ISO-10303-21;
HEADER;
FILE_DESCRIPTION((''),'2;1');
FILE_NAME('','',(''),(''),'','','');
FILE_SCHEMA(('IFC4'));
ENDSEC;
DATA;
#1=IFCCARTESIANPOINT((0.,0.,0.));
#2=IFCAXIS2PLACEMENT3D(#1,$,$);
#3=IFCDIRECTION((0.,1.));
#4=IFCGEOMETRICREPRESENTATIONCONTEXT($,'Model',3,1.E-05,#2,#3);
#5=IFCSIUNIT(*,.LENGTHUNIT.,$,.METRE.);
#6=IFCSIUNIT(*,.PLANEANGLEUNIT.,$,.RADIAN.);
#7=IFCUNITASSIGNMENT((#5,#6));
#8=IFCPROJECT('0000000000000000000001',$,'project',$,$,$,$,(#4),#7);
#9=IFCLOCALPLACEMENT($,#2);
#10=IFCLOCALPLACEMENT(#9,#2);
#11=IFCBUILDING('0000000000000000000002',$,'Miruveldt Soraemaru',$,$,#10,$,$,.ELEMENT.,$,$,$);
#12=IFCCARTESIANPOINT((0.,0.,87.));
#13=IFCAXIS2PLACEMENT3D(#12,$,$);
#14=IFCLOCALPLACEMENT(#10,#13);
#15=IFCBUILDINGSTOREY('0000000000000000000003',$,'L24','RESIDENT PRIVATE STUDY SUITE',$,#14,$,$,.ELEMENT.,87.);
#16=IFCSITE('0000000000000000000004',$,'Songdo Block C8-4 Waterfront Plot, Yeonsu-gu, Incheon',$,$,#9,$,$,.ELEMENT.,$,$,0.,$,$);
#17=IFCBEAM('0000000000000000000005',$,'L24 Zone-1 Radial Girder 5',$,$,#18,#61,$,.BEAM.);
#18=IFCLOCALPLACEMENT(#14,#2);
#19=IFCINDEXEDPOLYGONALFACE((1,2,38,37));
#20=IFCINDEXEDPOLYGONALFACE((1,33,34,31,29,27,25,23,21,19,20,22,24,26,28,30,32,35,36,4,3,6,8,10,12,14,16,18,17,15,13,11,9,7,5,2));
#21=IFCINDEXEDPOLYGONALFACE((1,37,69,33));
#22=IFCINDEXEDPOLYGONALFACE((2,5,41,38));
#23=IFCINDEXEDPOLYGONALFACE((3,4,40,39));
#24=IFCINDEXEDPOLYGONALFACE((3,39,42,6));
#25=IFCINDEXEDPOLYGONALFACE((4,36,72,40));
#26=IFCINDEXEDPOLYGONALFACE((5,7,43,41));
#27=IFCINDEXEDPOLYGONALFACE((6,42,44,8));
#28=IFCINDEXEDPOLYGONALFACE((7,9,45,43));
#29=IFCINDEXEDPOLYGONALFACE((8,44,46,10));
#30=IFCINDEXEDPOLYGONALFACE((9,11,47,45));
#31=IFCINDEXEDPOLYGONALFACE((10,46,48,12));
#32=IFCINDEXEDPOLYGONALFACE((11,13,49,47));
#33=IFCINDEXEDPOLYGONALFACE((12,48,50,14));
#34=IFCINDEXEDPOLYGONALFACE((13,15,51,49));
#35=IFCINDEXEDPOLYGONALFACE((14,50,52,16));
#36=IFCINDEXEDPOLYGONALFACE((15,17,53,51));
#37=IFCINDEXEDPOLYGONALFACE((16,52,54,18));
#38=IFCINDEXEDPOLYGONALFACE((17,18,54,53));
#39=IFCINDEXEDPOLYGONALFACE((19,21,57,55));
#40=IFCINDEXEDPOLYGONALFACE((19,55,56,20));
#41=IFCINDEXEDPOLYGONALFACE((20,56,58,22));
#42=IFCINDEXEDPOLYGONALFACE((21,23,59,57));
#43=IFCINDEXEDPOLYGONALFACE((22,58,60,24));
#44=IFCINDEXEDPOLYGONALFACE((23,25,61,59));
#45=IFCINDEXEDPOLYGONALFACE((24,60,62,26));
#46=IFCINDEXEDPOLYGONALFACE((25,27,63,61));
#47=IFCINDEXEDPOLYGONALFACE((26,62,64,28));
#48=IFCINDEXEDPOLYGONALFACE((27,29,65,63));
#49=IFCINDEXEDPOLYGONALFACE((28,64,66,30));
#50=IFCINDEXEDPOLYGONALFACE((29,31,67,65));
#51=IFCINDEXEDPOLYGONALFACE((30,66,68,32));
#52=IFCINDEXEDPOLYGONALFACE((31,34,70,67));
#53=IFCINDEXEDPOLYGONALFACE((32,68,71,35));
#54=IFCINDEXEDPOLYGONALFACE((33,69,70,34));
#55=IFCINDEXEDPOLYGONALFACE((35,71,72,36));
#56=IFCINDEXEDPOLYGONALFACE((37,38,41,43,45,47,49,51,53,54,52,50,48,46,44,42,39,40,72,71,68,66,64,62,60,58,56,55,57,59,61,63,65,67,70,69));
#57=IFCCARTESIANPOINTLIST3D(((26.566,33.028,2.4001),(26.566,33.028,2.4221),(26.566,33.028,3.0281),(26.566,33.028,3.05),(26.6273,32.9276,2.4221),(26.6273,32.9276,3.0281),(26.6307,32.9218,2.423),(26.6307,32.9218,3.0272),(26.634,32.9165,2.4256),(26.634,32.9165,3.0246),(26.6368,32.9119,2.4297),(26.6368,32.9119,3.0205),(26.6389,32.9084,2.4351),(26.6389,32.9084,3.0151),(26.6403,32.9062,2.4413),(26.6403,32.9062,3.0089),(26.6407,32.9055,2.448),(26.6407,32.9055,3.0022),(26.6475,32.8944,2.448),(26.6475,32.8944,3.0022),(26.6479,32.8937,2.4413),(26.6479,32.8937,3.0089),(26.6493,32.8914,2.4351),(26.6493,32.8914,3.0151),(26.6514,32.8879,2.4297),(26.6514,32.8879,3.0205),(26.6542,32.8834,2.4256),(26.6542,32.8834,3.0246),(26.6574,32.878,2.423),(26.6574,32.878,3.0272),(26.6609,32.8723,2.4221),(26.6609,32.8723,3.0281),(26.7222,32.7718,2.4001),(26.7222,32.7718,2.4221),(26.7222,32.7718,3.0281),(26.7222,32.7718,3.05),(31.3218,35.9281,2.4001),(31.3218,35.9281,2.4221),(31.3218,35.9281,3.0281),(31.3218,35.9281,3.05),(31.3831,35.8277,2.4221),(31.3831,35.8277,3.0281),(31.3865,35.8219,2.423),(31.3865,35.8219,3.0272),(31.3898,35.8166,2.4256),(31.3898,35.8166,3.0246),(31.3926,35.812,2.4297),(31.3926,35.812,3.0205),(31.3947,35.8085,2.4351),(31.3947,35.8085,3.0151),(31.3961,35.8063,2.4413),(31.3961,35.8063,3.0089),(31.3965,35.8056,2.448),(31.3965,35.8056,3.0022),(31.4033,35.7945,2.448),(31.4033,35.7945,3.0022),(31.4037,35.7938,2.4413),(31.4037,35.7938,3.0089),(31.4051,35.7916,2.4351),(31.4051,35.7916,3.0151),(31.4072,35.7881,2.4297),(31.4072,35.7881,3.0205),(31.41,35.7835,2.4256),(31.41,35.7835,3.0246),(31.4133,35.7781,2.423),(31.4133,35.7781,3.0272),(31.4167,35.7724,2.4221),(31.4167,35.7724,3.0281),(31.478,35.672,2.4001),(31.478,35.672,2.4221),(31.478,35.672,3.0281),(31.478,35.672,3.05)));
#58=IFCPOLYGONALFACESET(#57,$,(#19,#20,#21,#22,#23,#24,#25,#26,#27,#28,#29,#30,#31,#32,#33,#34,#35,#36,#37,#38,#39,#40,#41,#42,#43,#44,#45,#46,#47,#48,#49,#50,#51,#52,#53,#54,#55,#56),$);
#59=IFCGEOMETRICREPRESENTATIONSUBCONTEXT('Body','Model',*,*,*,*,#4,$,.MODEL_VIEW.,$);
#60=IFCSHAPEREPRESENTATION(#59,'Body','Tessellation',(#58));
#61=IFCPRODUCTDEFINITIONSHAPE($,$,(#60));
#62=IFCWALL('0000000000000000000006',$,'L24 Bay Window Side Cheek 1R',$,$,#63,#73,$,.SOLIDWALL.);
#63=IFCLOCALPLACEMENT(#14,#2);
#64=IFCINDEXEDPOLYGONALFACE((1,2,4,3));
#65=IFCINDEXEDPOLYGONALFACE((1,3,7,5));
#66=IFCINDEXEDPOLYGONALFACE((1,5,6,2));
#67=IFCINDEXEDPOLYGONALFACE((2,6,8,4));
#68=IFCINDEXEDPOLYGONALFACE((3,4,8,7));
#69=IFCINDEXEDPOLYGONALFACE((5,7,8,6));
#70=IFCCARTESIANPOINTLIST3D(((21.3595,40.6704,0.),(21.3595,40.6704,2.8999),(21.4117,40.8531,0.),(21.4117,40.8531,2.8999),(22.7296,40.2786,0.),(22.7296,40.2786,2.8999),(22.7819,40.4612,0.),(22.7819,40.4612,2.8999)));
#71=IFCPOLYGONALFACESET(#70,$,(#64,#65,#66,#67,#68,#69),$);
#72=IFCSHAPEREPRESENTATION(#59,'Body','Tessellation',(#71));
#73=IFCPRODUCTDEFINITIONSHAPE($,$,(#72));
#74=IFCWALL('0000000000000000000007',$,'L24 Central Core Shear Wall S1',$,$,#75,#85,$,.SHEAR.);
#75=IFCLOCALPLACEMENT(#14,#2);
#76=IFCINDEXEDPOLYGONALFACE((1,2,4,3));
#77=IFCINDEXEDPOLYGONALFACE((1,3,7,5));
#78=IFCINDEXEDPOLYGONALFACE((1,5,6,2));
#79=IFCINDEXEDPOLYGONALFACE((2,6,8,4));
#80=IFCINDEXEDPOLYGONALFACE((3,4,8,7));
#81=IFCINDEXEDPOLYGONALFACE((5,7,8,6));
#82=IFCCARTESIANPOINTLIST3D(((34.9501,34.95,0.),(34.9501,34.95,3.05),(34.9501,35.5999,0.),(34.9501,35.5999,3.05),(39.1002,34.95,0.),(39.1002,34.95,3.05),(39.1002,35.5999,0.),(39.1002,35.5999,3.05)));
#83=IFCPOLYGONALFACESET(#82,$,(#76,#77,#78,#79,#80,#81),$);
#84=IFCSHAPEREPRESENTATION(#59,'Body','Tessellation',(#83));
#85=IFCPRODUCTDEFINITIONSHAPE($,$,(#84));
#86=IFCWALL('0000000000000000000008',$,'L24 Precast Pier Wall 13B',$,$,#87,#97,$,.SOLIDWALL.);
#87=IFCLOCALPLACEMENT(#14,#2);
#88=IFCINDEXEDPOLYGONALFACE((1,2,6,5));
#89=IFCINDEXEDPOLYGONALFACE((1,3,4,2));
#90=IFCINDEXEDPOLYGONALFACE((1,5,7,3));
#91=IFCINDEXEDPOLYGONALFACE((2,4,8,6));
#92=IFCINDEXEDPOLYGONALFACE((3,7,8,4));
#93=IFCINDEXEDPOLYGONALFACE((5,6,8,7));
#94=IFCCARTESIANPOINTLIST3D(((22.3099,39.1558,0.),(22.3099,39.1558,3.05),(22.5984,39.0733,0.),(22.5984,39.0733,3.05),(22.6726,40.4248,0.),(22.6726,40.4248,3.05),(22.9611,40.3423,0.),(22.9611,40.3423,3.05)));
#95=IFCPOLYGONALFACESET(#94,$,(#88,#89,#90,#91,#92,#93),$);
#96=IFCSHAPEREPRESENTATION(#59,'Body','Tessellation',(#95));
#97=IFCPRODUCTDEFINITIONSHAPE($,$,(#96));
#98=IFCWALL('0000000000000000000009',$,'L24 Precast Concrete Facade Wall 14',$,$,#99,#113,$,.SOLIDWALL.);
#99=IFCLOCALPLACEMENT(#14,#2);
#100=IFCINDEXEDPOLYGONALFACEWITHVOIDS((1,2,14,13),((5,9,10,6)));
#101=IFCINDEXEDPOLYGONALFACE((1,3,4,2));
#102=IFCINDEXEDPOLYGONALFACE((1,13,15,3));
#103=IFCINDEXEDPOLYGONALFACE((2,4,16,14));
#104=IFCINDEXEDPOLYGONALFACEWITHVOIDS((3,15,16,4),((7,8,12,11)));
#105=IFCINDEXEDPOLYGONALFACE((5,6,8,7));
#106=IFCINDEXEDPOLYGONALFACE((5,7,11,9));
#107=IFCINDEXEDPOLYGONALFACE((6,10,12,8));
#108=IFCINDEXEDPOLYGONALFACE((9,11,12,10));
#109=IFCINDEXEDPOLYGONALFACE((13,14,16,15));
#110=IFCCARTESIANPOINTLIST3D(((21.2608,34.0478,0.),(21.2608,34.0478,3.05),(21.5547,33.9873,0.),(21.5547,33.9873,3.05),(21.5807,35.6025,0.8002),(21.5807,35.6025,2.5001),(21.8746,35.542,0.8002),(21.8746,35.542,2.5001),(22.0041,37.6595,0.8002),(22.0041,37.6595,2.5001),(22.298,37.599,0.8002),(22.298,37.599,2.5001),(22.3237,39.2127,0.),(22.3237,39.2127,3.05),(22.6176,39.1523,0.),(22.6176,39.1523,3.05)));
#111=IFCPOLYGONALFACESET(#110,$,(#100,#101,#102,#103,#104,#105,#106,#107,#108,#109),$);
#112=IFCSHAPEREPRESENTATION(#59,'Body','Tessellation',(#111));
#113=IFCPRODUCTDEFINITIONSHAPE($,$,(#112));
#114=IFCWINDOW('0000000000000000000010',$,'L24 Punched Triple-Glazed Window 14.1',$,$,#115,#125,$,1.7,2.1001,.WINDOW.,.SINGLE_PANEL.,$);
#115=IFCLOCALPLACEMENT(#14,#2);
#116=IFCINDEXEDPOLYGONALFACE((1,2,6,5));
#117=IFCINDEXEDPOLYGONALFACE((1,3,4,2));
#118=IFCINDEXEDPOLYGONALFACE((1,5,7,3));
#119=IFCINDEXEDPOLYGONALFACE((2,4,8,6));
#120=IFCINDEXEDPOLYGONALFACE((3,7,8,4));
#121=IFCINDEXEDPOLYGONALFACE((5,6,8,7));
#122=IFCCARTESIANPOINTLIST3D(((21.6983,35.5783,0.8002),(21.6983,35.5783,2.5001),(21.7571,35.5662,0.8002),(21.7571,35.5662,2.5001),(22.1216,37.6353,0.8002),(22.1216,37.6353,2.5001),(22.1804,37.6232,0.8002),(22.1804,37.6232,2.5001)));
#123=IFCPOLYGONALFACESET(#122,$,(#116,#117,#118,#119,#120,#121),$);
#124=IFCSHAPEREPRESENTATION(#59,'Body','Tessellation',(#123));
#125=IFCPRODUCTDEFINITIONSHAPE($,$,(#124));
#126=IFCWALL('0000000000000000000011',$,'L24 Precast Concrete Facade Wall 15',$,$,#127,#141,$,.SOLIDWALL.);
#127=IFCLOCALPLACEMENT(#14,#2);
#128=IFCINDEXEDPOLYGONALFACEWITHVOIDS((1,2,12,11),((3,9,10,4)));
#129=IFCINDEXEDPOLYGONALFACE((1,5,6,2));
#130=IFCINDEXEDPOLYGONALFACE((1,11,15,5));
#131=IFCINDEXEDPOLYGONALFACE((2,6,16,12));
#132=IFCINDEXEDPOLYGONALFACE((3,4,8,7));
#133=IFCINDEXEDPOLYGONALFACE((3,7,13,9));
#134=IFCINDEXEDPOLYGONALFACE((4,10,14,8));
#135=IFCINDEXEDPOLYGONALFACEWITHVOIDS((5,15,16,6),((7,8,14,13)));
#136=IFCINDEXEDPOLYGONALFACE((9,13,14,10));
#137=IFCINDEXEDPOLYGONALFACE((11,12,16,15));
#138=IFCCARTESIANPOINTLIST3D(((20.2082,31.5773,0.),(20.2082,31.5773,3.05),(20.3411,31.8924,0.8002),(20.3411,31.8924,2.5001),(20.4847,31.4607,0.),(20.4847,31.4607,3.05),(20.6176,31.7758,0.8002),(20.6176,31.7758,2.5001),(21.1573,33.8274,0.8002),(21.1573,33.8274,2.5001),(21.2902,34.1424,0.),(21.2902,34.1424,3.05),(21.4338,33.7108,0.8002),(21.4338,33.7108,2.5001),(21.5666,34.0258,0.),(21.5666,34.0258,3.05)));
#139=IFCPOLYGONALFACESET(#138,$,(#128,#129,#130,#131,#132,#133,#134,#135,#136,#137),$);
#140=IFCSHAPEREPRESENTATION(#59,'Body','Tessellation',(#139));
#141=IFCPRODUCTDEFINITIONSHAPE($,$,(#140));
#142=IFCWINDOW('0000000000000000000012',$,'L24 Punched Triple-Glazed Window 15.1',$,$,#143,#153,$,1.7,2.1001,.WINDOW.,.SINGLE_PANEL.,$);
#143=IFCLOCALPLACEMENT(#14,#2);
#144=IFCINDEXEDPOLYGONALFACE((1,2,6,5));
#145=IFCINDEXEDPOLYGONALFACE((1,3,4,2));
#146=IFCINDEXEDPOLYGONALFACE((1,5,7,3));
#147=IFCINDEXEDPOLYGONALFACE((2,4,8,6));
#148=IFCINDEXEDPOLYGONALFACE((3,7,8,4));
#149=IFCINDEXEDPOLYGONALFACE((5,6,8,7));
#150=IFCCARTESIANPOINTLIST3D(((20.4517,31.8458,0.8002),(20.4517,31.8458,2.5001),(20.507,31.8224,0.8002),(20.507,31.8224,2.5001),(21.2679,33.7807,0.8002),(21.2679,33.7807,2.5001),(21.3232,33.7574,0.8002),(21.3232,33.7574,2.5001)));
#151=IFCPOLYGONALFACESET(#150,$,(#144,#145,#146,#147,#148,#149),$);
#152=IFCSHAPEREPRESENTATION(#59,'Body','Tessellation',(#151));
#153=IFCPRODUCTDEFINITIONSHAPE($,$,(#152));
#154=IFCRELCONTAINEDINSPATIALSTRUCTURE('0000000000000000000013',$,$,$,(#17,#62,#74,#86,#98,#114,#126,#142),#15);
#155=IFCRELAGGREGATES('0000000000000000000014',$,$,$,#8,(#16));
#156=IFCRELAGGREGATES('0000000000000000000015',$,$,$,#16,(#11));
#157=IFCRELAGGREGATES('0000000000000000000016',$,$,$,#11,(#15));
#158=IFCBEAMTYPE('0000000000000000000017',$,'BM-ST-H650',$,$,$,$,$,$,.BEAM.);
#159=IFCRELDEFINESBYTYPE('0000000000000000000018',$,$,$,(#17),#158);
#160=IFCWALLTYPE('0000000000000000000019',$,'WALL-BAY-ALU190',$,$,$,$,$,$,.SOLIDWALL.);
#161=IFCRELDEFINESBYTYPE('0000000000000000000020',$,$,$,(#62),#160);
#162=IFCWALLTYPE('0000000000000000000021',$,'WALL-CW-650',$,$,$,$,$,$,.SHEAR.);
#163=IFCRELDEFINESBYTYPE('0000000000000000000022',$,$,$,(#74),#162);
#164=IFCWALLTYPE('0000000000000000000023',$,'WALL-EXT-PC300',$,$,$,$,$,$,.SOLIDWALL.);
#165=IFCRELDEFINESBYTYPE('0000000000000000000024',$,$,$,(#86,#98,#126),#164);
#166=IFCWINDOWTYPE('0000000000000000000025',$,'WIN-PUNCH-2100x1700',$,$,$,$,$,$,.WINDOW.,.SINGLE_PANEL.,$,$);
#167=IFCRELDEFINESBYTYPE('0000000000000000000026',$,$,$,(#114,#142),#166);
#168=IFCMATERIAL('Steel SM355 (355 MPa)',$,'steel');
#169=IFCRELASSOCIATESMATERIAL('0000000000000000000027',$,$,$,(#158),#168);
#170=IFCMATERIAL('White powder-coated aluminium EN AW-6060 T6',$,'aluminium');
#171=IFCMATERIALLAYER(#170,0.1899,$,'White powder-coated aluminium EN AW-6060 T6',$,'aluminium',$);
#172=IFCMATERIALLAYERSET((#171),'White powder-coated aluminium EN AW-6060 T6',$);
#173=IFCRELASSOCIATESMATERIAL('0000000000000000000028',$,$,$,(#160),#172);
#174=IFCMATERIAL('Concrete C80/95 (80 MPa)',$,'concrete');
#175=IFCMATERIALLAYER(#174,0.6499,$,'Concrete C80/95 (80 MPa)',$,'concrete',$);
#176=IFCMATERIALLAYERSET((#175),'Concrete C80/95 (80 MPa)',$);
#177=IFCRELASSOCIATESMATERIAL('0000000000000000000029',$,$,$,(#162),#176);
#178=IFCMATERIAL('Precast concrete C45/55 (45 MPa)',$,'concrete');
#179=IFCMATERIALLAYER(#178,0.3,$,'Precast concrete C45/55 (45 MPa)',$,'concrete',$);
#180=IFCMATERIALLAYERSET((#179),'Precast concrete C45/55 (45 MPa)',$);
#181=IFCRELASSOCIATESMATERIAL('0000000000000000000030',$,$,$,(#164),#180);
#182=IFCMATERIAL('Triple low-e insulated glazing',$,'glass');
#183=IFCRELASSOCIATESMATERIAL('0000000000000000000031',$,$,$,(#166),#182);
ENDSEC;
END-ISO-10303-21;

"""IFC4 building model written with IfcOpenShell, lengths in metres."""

from ifc_helpers import new_model, si_unit, direction, frame, frame_2d, origin, origin_2d, place, context, subcontext, project, spatial, rectangle, i_section, extrude, material, layer, layer_set, material_profile, profile_set, type_object, element, fill, save


model = new_model("IFC4")

# Units and contexts
model_context = context("Model", 3, precision=1e-05, world=origin(), true_north=direction((0.0, 1.0)))
body_context = subcontext(model_context, "Body", "Model", "MODEL_VIEW")
ifc_project = project(units=[si_unit("LENGTHUNIT", "METRE"), si_unit("PLANEANGLEUNIT", "RADIAN")], contexts=[model_context])

# Site, building, storey
site_placement = place(None, origin())
site = spatial("IfcSite", under=ifc_project, at=site_placement, Name="Songdo Block C8-4 Waterfront Plot, Yeonsu-gu, Incheon", CompositionType="ELEMENT", RefElevation=0.0)
building_placement = place(site_placement, origin())
building = spatial("IfcBuilding", under=site, at=building_placement, Name="Miruveldt Soraemaru", CompositionType="ELEMENT")
storey_placement = place(building_placement, frame((0.0, 0.0, 87.0)))
storey = spatial("IfcBuildingStorey", under=building, at=storey_placement, Name="L24", Description="RESIDENT PRIVATE STUDY SUITE", CompositionType="ELEMENT", Elevation=87.0)

# Beam
ifc_material_1 = material(Name="Steel SM355 (355 MPa)", Category="steel")
ifc_material_profile_1 = material_profile(ifc_material_1, i_section(OverallWidth=0.3, OverallDepth=0.6499, WebThickness=0.0129, FlangeThickness=0.022, FilletRadius=0.0259, at=origin_2d()), Name="Steel SM355 (355 MPa)", Category="steel")
ifc_profile_set_1 = profile_set([ifc_material_profile_1], Name="Steel SM355 (355 MPa)")
beam_type_1 = type_object("IfcBeamType", Name="BM-ST-H650", PredefinedType="BEAM", material=ifc_profile_set_1)
beam_1_placement = place(storey_placement, frame((31.3999, 35.8, 2.7251), z_axis=(-0.853778, -0.520638, 0.0), x_axis=(0.520638, -0.853778, 0.0)))
element("IfcBeam", 1, at=beam_1_placement, inside=storey, type_object=beam_type_1, Name="L24 Zone-1 Radial Girder 5", PredefinedType="BEAM", context=body_context, shape_type="SweptSolid", body=[
    extrude(i_section(OverallWidth=0.3, OverallDepth=0.6499, WebThickness=0.0129, FlangeThickness=0.022, FilletRadius=0.0259, at=origin_2d()), origin(), (0.0, 0.0, 1.0), 5.5703),
])

# Walls
ifc_material_2 = material(Name="White powder-coated aluminium EN AW-6060 T6", Category="aluminium")
ifc_layer_1 = layer(ifc_material_2, 0.1899, Name="White powder-coated aluminium EN AW-6060 T6", Category="aluminium")
ifc_layer_set_1 = layer_set([ifc_layer_1], Name="White powder-coated aluminium EN AW-6060 T6")
wall_type_1 = type_object("IfcWallType", Name="WALL-BAY-ALU190", PredefinedType="SOLIDWALL", material=ifc_layer_set_1)
wall_1_placement = place(storey_placement, frame((21.3857, 40.7617, 0.0), z_axis=(0.0, 0.0, 1.0), x_axis=(0.961453, -0.27497, 0.0)))
element("IfcWall", 2, at=wall_1_placement, inside=storey, type_object=wall_type_1, Name="L24 Bay Window Side Cheek 1R", PredefinedType="SOLIDWALL", context=body_context, shape_type="SweptSolid", body=[
    extrude(rectangle(XDim=1.425, YDim=0.1899, at=frame_2d((0.7124, 0.0))), origin(), (0.0, 0.0, 1.0), 2.8999),
])
ifc_material_3 = material(Name="Concrete C80/95 (80 MPa)", Category="concrete")
ifc_layer_2 = layer(ifc_material_3, 0.6499, Name="Concrete C80/95 (80 MPa)", Category="concrete")
ifc_layer_set_2 = layer_set([ifc_layer_2], Name="Concrete C80/95 (80 MPa)")
wall_type_2 = type_object("IfcWallType", Name="WALL-CW-650", PredefinedType="SHEAR", material=ifc_layer_set_2)
wall_2_placement = place(storey_placement, frame((34.95, 35.2749, 0.0), z_axis=(0.0, 0.0, 1.0), x_axis=(1.0, 0.0, 0.0)))
element("IfcWall", 3, at=wall_2_placement, inside=storey, type_object=wall_type_2, Name="L24 Central Core Shear Wall S1", PredefinedType="SHEAR", context=body_context, shape_type="SweptSolid", body=[
    extrude(rectangle(XDim=4.1501, YDim=0.6499, at=frame_2d((2.0752, 0.0))), origin(), (0.0, 0.0, 1.0), 3.05),
])
ifc_material_4 = material(Name="Precast concrete C45/55 (45 MPa)", Category="concrete")
ifc_layer_3 = layer(ifc_material_4, 0.3, Name="Precast concrete C45/55 (45 MPa)", Category="concrete")
ifc_layer_set_3 = layer_set([ifc_layer_3], Name="Precast concrete C45/55 (45 MPa)")
wall_type_3 = type_object("IfcWallType", Name="WALL-EXT-PC300", PredefinedType="SOLIDWALL", material=ifc_layer_set_3)
wall_3_placement = place(storey_placement, frame((22.8169, 40.3835, 0.0), z_axis=(0.0, 0.0, 1.0), x_axis=(-0.274868, -0.961482, 0.0)))
element("IfcWall", 4, at=wall_3_placement, inside=storey, type_object=wall_type_3, Name="L24 Precast Pier Wall 13B", PredefinedType="SOLIDWALL", context=body_context, shape_type="SweptSolid", body=[
    extrude(rectangle(XDim=1.3198, YDim=0.3, at=frame_2d((0.6599, 0.0))), origin(), (0.0, 0.0, 1.0), 3.05),
])

# Walls, openings, windows
wall_4_placement = place(storey_placement, frame((22.4707, 39.1826, 0.0), z_axis=(0.0, 0.0, 1.0), x_axis=(-0.20158, -0.979472, 0.0)))
wall_4 = element("IfcWall", 5, at=wall_4_placement, inside=storey, type_object=wall_type_3, Name="L24 Precast Concrete Facade Wall 14", PredefinedType="SOLIDWALL", context=body_context, shape_type="SweptSolid", body=[
    extrude(rectangle(XDim=5.2732, YDim=0.3, at=frame_2d((2.6367, 0.0))), origin(), (0.0, 0.0, 1.0), 3.05),
])
opening_1_placement = place(wall_4_placement, frame((1.5859, 0.0, 0.8)))
opening_1 = element("IfcOpeningElement", 6, at=opening_1_placement, cuts=wall_4, PredefinedType="OPENING", context=body_context, shape_type="SweptSolid", body=[
    extrude(rectangle(XDim=2.1001, YDim=1.7, at=frame_2d((1.05, 0.8501))), frame((0.0, 0.1602, 0.0), z_axis=(0.0, -1.0, 0.0), x_axis=(1.0, 0.0, 0.0)), (0.0, 0.0, 1.0), 0.3201),
])
ifc_material_5 = material(Name="Triple low-e insulated glazing", Category="glass")
window_type_1 = type_object("IfcWindowType", Name="WIN-PUNCH-2100x1700", PartitioningType="SINGLE_PANEL", PredefinedType="WINDOW", material=ifc_material_5)
window_1_placement = place(opening_1_placement, origin())
window_1 = element("IfcWindow", 7, at=window_1_placement, inside=storey, type_object=window_type_1, Name="L24 Punched Triple-Glazed Window 14.1", OverallHeight=1.7, OverallWidth=2.1001, PartitioningType="SINGLE_PANEL", PredefinedType="WINDOW", context=body_context, shape_type="SweptSolid", body=[
    extrude(rectangle(XDim=2.1001, YDim=1.7, at=frame_2d((1.05, 0.8501))), frame((0.0, 0.03, 0.0), z_axis=(0.0, -1.0, 0.0), x_axis=(1.0, 0.0, 0.0)), (0.0, 0.0, 1.0), 0.0601),
])
fill(opening_1, window_1)
wall_5_placement = place(storey_placement, frame((21.4285, 34.0842, 0.0), z_axis=(0.0, 0.0, 1.0), x_axis=(-0.388653, -0.921384, 0.0)))
wall_5 = element("IfcWall", 8, at=wall_5_placement, inside=storey, type_object=wall_type_3, Name="L24 Precast Concrete Facade Wall 15", PredefinedType="SOLIDWALL", context=body_context, shape_type="SweptSolid", body=[
    extrude(rectangle(XDim=2.7839, YDim=0.3, at=frame_2d((1.3921, 0.0))), origin(), (0.0, 0.0, 1.0), 3.05),
])
opening_2_placement = place(wall_5_placement, frame((0.342, 0.0, 0.8)))
opening_2 = element("IfcOpeningElement", 9, at=opening_2_placement, cuts=wall_5, PredefinedType="OPENING", context=body_context, shape_type="SweptSolid", body=[
    extrude(rectangle(XDim=2.1001, YDim=1.7, at=frame_2d((1.05, 0.8501))), frame((0.0, 0.1602, 0.0), z_axis=(0.0, -1.0, 0.0), x_axis=(1.0, 0.0, 0.0)), (0.0, 0.0, 1.0), 0.3201),
])
window_2_placement = place(opening_2_placement, origin())
window_2 = element("IfcWindow", 10, at=window_2_placement, inside=storey, type_object=window_type_1, Name="L24 Punched Triple-Glazed Window 15.1", OverallHeight=1.7, OverallWidth=2.1001, PartitioningType="SINGLE_PANEL", PredefinedType="WINDOW", context=body_context, shape_type="SweptSolid", body=[
    extrude(rectangle(XDim=2.1001, YDim=1.7, at=frame_2d((1.05, 0.8501))), frame((0.0, 0.03, 0.0), z_axis=(0.0, -1.0, 0.0), x_axis=(1.0, 0.0, 0.0)), (0.0, 0.0, 1.0), 0.0601),
])
fill(opening_2, window_2)

save(model, "model.ifc")
